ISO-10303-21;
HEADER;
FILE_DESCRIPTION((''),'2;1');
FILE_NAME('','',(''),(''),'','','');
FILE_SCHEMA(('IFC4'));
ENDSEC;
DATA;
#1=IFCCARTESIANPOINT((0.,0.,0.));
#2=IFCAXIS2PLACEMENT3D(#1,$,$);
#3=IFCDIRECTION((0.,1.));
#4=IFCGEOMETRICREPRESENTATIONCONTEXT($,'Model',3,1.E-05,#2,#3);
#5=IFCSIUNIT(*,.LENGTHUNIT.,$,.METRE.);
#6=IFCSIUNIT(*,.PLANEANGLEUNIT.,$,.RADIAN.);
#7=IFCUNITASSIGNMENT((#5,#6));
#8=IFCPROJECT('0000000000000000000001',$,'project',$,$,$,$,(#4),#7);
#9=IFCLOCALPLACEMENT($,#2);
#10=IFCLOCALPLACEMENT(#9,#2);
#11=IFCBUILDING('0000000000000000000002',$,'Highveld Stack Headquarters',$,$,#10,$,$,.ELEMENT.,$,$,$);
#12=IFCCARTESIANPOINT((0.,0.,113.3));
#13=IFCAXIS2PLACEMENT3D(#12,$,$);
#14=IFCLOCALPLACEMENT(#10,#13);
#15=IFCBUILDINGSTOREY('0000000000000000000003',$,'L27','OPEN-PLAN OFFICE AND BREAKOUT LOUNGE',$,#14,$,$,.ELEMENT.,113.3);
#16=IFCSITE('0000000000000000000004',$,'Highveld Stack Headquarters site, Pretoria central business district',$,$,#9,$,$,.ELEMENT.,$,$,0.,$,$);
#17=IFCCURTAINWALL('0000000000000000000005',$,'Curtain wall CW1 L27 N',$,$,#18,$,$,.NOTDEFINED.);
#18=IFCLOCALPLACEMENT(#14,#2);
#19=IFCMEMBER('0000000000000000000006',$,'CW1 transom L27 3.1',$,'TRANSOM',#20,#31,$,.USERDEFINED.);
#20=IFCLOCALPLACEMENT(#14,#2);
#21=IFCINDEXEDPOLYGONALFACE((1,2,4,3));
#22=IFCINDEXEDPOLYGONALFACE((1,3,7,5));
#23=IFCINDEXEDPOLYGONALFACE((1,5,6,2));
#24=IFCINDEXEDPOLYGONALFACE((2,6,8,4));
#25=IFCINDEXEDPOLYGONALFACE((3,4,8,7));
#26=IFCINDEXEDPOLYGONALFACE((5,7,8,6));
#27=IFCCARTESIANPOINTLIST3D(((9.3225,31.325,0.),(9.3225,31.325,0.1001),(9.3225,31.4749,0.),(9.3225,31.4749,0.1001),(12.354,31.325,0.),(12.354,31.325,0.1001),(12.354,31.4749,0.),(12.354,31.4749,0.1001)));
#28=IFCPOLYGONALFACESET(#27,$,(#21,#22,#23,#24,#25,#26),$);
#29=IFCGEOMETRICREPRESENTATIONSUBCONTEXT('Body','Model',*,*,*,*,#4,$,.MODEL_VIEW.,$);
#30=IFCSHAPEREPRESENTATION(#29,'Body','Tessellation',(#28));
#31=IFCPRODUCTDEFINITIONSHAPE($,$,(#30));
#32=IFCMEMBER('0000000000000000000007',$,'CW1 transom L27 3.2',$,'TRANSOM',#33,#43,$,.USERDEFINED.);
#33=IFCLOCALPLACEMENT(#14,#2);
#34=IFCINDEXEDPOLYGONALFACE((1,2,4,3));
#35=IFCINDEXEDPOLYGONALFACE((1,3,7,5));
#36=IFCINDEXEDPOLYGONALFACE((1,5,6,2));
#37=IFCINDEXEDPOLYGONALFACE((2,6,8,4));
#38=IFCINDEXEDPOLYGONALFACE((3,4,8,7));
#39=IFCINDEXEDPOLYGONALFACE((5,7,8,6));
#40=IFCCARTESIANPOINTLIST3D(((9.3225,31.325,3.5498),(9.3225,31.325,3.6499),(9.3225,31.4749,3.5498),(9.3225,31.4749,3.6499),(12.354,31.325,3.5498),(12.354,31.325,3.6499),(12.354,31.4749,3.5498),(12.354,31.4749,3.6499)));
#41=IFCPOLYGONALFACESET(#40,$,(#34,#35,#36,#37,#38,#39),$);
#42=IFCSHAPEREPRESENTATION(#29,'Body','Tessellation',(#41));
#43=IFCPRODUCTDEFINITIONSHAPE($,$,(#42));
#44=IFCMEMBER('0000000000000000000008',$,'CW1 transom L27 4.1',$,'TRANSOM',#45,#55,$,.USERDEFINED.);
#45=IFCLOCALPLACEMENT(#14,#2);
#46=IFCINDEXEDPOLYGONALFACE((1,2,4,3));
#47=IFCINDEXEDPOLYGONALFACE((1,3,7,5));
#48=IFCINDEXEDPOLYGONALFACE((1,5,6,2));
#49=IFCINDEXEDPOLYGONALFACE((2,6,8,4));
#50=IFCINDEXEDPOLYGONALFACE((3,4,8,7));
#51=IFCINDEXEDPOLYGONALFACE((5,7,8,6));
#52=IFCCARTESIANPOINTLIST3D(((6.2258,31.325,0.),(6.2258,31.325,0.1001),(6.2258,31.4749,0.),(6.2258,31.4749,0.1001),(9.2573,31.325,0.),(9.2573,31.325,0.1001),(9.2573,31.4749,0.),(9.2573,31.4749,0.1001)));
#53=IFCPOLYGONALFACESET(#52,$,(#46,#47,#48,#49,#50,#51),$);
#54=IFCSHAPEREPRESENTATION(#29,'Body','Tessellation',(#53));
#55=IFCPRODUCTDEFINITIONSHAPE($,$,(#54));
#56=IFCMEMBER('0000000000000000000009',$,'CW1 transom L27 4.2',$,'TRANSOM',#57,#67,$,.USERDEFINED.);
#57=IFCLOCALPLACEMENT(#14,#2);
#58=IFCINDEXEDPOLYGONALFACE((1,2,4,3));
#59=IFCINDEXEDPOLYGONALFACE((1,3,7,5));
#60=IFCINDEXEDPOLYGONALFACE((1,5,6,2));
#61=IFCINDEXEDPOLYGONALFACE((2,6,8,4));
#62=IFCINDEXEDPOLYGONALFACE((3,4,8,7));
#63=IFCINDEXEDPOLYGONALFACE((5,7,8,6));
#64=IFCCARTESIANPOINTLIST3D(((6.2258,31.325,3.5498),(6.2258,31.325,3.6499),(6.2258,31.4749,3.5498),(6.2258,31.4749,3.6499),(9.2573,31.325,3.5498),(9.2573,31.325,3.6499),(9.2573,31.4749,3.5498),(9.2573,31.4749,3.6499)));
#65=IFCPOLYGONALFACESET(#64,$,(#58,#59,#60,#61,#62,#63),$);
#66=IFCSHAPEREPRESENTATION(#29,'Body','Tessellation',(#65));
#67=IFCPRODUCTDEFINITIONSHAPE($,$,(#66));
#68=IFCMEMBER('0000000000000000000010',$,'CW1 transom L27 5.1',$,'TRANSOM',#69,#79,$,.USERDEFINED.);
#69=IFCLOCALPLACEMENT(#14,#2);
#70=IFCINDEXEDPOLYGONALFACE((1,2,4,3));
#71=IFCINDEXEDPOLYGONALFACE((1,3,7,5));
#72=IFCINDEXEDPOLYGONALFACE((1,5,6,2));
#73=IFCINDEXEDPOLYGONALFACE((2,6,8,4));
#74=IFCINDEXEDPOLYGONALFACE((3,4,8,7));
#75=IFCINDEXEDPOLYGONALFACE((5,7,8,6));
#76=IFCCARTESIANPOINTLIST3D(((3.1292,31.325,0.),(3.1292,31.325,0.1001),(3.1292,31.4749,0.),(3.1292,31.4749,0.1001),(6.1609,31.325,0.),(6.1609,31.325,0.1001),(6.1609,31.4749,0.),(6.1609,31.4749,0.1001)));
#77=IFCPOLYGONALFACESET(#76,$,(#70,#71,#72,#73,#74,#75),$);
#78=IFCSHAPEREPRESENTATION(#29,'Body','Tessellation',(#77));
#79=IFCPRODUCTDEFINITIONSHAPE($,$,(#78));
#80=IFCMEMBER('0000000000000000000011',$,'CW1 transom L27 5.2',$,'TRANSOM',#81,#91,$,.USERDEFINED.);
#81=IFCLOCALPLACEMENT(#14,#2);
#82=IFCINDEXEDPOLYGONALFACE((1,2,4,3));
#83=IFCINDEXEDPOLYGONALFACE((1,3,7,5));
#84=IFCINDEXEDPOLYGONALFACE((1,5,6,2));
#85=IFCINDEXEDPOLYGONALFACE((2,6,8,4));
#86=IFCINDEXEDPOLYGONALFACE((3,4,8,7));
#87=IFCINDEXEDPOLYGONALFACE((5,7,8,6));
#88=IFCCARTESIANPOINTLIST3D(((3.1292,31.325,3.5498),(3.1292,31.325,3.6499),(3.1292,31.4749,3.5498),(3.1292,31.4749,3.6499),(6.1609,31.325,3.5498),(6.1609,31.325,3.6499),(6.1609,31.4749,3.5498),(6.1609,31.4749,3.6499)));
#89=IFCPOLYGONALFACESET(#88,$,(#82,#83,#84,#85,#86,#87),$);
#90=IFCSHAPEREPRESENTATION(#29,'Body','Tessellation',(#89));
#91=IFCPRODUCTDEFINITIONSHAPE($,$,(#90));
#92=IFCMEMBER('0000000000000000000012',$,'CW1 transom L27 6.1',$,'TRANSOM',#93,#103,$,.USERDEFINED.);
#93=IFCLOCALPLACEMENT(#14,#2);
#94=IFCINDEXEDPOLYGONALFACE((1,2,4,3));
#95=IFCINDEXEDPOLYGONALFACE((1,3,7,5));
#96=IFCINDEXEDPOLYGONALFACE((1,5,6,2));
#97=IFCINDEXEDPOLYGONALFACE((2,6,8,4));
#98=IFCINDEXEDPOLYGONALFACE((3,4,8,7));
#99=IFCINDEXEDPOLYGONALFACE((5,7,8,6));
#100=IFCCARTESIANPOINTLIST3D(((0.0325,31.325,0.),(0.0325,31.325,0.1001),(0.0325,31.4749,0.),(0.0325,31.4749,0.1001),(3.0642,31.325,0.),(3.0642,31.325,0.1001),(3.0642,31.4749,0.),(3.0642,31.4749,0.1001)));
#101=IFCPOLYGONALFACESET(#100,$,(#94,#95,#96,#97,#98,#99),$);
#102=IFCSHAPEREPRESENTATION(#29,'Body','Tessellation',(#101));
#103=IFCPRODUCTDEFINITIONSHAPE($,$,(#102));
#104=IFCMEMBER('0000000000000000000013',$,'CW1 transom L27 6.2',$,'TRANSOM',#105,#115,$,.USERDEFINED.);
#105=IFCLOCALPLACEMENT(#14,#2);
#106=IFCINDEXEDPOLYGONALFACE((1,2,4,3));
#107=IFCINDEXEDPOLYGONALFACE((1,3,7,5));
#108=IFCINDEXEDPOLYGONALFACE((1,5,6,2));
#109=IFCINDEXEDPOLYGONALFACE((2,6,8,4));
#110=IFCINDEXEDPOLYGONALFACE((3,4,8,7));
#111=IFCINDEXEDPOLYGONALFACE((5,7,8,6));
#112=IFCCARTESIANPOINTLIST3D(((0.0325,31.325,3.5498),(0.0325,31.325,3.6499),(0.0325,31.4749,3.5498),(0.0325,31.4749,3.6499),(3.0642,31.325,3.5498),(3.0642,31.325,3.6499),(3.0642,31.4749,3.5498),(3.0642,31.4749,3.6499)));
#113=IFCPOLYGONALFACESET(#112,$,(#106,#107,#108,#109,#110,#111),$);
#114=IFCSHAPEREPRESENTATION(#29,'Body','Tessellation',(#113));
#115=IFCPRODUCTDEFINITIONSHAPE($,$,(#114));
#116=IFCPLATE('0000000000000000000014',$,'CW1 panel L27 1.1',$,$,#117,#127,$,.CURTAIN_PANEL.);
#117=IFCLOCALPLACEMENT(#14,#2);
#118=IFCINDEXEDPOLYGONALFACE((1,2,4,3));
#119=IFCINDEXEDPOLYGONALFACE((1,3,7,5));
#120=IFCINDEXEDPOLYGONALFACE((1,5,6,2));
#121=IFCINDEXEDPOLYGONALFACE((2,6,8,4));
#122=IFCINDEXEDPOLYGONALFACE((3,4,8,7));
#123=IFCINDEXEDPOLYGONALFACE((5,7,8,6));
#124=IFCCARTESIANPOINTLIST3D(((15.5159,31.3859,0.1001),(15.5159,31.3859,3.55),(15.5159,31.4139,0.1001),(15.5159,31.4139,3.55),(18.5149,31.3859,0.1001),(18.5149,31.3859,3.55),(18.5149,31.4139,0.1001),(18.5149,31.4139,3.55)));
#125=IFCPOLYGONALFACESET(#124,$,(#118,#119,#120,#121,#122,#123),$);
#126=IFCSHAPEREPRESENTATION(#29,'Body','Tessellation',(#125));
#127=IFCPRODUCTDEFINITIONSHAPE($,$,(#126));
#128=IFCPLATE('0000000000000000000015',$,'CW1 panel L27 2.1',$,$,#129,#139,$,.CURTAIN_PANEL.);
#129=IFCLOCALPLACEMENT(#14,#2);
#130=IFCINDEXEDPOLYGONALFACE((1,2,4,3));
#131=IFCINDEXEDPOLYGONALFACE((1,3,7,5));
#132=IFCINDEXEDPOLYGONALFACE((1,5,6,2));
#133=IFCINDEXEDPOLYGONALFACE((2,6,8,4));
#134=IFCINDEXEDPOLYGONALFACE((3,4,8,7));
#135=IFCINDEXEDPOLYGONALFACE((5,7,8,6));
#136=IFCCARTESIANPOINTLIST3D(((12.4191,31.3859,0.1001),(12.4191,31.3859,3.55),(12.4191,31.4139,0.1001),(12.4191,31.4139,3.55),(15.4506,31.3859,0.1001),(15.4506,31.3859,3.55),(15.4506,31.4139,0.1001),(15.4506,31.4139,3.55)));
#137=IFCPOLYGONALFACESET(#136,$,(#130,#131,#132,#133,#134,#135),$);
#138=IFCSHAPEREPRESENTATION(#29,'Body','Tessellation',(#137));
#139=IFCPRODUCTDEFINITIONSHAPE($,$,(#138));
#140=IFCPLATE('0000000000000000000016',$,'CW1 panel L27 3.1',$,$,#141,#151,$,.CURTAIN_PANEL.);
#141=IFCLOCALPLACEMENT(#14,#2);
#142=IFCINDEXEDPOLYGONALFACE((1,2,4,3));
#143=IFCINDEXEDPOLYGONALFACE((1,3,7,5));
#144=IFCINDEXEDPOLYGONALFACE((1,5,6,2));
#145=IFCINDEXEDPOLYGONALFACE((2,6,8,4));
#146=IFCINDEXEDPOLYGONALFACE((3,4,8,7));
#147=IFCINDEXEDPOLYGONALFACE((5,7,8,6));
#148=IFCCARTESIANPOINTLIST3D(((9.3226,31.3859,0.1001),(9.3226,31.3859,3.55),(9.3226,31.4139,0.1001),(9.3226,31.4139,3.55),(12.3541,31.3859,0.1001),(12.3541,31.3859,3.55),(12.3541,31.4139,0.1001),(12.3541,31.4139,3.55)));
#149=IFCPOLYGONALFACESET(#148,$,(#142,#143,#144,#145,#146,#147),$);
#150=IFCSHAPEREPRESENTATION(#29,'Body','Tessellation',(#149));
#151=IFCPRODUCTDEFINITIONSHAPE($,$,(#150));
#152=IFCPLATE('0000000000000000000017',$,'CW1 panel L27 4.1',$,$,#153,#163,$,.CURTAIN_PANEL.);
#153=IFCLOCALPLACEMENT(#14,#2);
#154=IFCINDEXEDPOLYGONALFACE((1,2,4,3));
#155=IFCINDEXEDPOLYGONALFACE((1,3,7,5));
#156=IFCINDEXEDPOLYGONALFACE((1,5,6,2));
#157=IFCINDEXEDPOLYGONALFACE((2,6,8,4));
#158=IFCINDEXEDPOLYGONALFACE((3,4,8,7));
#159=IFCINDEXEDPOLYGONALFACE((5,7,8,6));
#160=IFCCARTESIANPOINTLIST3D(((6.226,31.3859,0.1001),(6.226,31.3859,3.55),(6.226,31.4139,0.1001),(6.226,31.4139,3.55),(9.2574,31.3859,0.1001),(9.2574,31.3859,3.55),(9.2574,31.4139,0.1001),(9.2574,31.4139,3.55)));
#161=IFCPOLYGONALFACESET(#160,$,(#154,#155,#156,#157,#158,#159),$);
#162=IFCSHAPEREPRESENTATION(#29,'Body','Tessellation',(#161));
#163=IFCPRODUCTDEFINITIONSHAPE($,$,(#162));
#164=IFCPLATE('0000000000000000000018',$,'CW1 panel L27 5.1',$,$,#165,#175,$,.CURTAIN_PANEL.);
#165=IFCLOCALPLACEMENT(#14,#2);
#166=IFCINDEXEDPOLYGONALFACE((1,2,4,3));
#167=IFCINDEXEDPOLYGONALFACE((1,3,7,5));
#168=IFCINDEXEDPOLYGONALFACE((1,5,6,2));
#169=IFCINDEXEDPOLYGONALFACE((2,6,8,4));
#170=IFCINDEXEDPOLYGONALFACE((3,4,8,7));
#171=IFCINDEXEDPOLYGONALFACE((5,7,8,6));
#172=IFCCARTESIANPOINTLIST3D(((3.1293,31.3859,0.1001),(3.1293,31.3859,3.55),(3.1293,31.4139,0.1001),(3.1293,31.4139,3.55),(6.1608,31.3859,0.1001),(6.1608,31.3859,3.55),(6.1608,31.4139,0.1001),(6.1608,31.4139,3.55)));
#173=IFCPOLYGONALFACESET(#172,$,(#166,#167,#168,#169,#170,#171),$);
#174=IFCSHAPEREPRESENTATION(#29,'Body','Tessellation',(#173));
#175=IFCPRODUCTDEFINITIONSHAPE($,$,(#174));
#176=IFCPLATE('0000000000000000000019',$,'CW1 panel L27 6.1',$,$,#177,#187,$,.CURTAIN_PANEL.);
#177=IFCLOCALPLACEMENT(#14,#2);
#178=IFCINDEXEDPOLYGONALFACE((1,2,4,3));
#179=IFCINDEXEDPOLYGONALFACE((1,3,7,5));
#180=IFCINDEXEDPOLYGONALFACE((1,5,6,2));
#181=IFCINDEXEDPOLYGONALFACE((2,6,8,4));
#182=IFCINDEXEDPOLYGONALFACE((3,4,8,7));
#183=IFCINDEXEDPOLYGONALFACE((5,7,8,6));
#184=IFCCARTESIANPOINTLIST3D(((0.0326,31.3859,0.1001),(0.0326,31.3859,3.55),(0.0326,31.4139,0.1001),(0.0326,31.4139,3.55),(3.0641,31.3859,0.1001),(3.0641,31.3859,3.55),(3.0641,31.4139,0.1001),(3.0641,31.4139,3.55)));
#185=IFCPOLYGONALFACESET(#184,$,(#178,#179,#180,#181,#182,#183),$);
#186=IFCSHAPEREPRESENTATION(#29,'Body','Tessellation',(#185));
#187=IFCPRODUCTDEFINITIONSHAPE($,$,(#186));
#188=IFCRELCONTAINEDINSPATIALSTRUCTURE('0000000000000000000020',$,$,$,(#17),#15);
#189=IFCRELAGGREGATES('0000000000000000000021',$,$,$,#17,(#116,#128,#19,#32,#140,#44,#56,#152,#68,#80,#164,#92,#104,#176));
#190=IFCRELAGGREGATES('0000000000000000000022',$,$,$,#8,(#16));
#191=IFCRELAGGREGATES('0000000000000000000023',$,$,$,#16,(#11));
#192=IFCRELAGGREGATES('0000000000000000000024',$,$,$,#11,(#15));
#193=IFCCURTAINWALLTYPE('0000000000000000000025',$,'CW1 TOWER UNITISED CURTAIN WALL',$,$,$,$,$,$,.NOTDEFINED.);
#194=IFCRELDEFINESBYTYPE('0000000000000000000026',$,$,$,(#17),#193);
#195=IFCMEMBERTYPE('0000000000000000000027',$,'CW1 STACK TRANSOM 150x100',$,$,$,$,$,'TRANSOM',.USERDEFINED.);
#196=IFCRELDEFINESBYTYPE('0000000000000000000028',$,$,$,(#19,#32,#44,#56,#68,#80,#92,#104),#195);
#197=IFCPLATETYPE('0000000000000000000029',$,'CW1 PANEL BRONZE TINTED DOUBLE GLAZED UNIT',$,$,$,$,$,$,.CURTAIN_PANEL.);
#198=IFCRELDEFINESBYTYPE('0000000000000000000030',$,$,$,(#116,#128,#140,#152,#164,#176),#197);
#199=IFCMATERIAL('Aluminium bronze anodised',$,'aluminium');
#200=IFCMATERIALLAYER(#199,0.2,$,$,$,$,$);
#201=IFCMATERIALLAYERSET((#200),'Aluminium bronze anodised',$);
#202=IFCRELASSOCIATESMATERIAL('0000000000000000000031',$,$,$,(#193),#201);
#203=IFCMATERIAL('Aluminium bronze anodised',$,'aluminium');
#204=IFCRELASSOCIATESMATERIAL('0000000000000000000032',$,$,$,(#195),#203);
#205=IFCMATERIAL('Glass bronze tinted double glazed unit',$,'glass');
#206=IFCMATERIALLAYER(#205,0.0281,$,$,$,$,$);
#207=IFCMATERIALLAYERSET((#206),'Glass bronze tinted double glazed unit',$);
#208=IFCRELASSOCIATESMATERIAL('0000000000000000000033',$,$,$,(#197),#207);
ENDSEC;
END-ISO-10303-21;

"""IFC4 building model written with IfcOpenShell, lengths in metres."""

from ifc_helpers import new_model, si_unit, direction, frame, origin, origin_2d, place, context, subcontext, project, spatial, rectangle, extrude, material, layer, layer_set, material_profile, profile_set, type_object, element, aggregate, save


model = new_model("IFC4")

# Units and contexts
model_context = context("Model", 3, precision=1e-05, world=origin(), true_north=direction((0.0, 1.0)))
body_context = subcontext(model_context, "Body", "Model", "MODEL_VIEW")
ifc_project = project(units=[si_unit("LENGTHUNIT", "METRE"), si_unit("PLANEANGLEUNIT", "RADIAN")], contexts=[model_context])

# Site, building, storey
site_placement = place(None, origin())
site = spatial("IfcSite", under=ifc_project, at=site_placement, Name="Highveld Stack Headquarters site, Pretoria central business district", CompositionType="ELEMENT", RefElevation=0.0)
building_placement = place(site_placement, origin())
building = spatial("IfcBuilding", under=site, at=building_placement, Name="Highveld Stack Headquarters", CompositionType="ELEMENT")
storey_placement = place(building_placement, frame((0.0, 0.0, 113.3)))
storey = spatial("IfcBuildingStorey", under=building, at=storey_placement, Name="L27", Description="OPEN-PLAN OFFICE AND BREAKOUT LOUNGE", CompositionType="ELEMENT", Elevation=113.3)

# Curtain wall, members, plates
ifc_material_1 = material(Name="Aluminium bronze anodised", Category="aluminium")
ifc_layer_1 = layer(ifc_material_1, 0.2)
ifc_layer_set_1 = layer_set([ifc_layer_1], Name="Aluminium bronze anodised")
curtain_wall_type = type_object("IfcCurtainWallType", Name="CW1 TOWER UNITISED CURTAIN WALL", PredefinedType="NOTDEFINED", material=ifc_layer_set_1)
curtain_wall_placement = place(storey_placement, origin())
curtain_wall = element("IfcCurtainWall", 1, at=curtain_wall_placement, inside=storey, type_object=curtain_wall_type, Name="Curtain wall CW1 L27 N", PredefinedType="NOTDEFINED")
ifc_material_2 = material(Name="Aluminium bronze anodised", Category="aluminium")
ifc_material_profile_1 = material_profile(ifc_material_2, rectangle(XDim=0.1499, YDim=0.1001, at=origin_2d()), Name="CW1 TRANSOM 150x100")
ifc_profile_set_1 = profile_set([ifc_material_profile_1], Name="Aluminium bronze anodised")
member_type_1 = type_object("IfcMemberType", Name="CW1 STACK TRANSOM 150x100", ElementType="TRANSOM", PredefinedType="USERDEFINED", material=ifc_profile_set_1)
member_1_placement = place(storey_placement, frame((12.354, 31.3999, 0.05), z_axis=(-1.0, 0.0, 0.0), x_axis=(0.0, -1.0, 0.0)))
member_1 = element("IfcMember", 2, at=member_1_placement, type_object=member_type_1, Name="CW1 transom L27 3.1", ObjectType="TRANSOM", PredefinedType="USERDEFINED", context=body_context, shape_type="SweptSolid", body=[
    extrude(rectangle(XDim=0.1499, YDim=0.1001, at=origin_2d()), origin(), (0.0, 0.0, 1.0), 3.0315),
])
member_2_placement = place(storey_placement, frame((12.354, 31.3999, 3.5999), z_axis=(-1.0, 0.0, 0.0), x_axis=(0.0, -1.0, 0.0)))
member_2 = element("IfcMember", 3, at=member_2_placement, type_object=member_type_1, Name="CW1 transom L27 3.2", ObjectType="TRANSOM", PredefinedType="USERDEFINED", context=body_context, shape_type="SweptSolid", body=[
    extrude(rectangle(XDim=0.1499, YDim=0.1001, at=origin_2d()), origin(), (0.0, 0.0, 1.0), 3.0315),
])
member_3_placement = place(storey_placement, frame((9.2573, 31.3999, 0.05), z_axis=(-1.0, 0.0, 0.0), x_axis=(0.0, -1.0, 0.0)))
member_3 = element("IfcMember", 4, at=member_3_placement, type_object=member_type_1, Name="CW1 transom L27 4.1", ObjectType="TRANSOM", PredefinedType="USERDEFINED", context=body_context, shape_type="SweptSolid", body=[
    extrude(rectangle(XDim=0.1499, YDim=0.1001, at=origin_2d()), origin(), (0.0, 0.0, 1.0), 3.0315),
])
member_4_placement = place(storey_placement, frame((9.2573, 31.3999, 3.5999), z_axis=(-1.0, 0.0, 0.0), x_axis=(0.0, -1.0, 0.0)))
member_4 = element("IfcMember", 5, at=member_4_placement, type_object=member_type_1, Name="CW1 transom L27 4.2", ObjectType="TRANSOM", PredefinedType="USERDEFINED", context=body_context, shape_type="SweptSolid", body=[
    extrude(rectangle(XDim=0.1499, YDim=0.1001, at=origin_2d()), origin(), (0.0, 0.0, 1.0), 3.0315),
])
member_5_placement = place(storey_placement, frame((6.1609, 31.3999, 0.05), z_axis=(-1.0, 0.0, 0.0), x_axis=(0.0, -1.0, 0.0)))
member_5 = element("IfcMember", 6, at=member_5_placement, type_object=member_type_1, Name="CW1 transom L27 5.1", ObjectType="TRANSOM", PredefinedType="USERDEFINED", context=body_context, shape_type="SweptSolid", body=[
    extrude(rectangle(XDim=0.1499, YDim=0.1001, at=origin_2d()), origin(), (0.0, 0.0, 1.0), 3.0317),
])
member_6_placement = place(storey_placement, frame((6.1609, 31.3999, 3.5999), z_axis=(-1.0, 0.0, 0.0), x_axis=(0.0, -1.0, 0.0)))
member_6 = element("IfcMember", 7, at=member_6_placement, type_object=member_type_1, Name="CW1 transom L27 5.2", ObjectType="TRANSOM", PredefinedType="USERDEFINED", context=body_context, shape_type="SweptSolid", body=[
    extrude(rectangle(XDim=0.1499, YDim=0.1001, at=origin_2d()), origin(), (0.0, 0.0, 1.0), 3.0317),
])
member_7_placement = place(storey_placement, frame((3.0642, 31.3999, 0.05), z_axis=(-1.0, 0.0, 0.0), x_axis=(0.0, -1.0, 0.0)))
member_7 = element("IfcMember", 8, at=member_7_placement, type_object=member_type_1, Name="CW1 transom L27 6.1", ObjectType="TRANSOM", PredefinedType="USERDEFINED", context=body_context, shape_type="SweptSolid", body=[
    extrude(rectangle(XDim=0.1499, YDim=0.1001, at=origin_2d()), origin(), (0.0, 0.0, 1.0), 3.0317),
])
member_8_placement = place(storey_placement, frame((3.0642, 31.3999, 3.5999), z_axis=(-1.0, 0.0, 0.0), x_axis=(0.0, -1.0, 0.0)))
member_8 = element("IfcMember", 9, at=member_8_placement, type_object=member_type_1, Name="CW1 transom L27 6.2", ObjectType="TRANSOM", PredefinedType="USERDEFINED", context=body_context, shape_type="SweptSolid", body=[
    extrude(rectangle(XDim=0.1499, YDim=0.1001, at=origin_2d()), origin(), (0.0, 0.0, 1.0), 3.0317),
])
ifc_material_3 = material(Name="Glass bronze tinted double glazed unit", Category="glass")
ifc_layer_2 = layer(ifc_material_3, 0.0281)
ifc_layer_set_2 = layer_set([ifc_layer_2], Name="Glass bronze tinted double glazed unit")
plate_type = type_object("IfcPlateType", Name="CW1 PANEL BRONZE TINTED DOUBLE GLAZED UNIT", PredefinedType="CURTAIN_PANEL", material=ifc_layer_set_2)
plate_1_placement = place(storey_placement, frame((17.0154, 31.3999, 0.1001), z_axis=(0.0, 0.0, 1.0), x_axis=(-1.0, 0.0, 0.0)))
plate_1 = element("IfcPlate", 10, at=plate_1_placement, type_object=plate_type, Name="CW1 panel L27 1.1", PredefinedType="CURTAIN_PANEL", context=body_context, shape_type="SweptSolid", body=[
    extrude(rectangle(XDim=2.999, YDim=0.0281, at=origin_2d()), origin(), (0.0, 0.0, 1.0), 3.45),
])
plate_2_placement = place(storey_placement, frame((13.9348, 31.3999, 0.1001), z_axis=(0.0, 0.0, 1.0), x_axis=(-1.0, 0.0, 0.0)))
plate_2 = element("IfcPlate", 11, at=plate_2_placement, type_object=plate_type, Name="CW1 panel L27 2.1", PredefinedType="CURTAIN_PANEL", context=body_context, shape_type="SweptSolid", body=[
    extrude(rectangle(XDim=3.0315, YDim=0.0281, at=origin_2d()), origin(), (0.0, 0.0, 1.0), 3.45),
])
plate_3_placement = place(storey_placement, frame((10.8384, 31.3999, 0.1001), z_axis=(0.0, 0.0, 1.0), x_axis=(-1.0, 0.0, 0.0)))
plate_3 = element("IfcPlate", 12, at=plate_3_placement, type_object=plate_type, Name="CW1 panel L27 3.1", PredefinedType="CURTAIN_PANEL", context=body_context, shape_type="SweptSolid", body=[
    extrude(rectangle(XDim=3.0315, YDim=0.0281, at=origin_2d()), origin(), (0.0, 0.0, 1.0), 3.45),
])
plate_4_placement = place(storey_placement, frame((7.7417, 31.3999, 0.1001), z_axis=(0.0, 0.0, 1.0), x_axis=(-1.0, 0.0, 0.0)))
plate_4 = element("IfcPlate", 13, at=plate_4_placement, type_object=plate_type, Name="CW1 panel L27 4.1", PredefinedType="CURTAIN_PANEL", context=body_context, shape_type="SweptSolid", body=[
    extrude(rectangle(XDim=3.0315, YDim=0.0281, at=origin_2d()), origin(), (0.0, 0.0, 1.0), 3.45),
])
plate_5_placement = place(storey_placement, frame((4.645, 31.3999, 0.1001), z_axis=(0.0, 0.0, 1.0), x_axis=(-1.0, 0.0, 0.0)))
plate_5 = element("IfcPlate", 14, at=plate_5_placement, type_object=plate_type, Name="CW1 panel L27 5.1", PredefinedType="CURTAIN_PANEL", context=body_context, shape_type="SweptSolid", body=[
    extrude(rectangle(XDim=3.0315, YDim=0.0281, at=origin_2d()), origin(), (0.0, 0.0, 1.0), 3.45),
])
plate_6_placement = place(storey_placement, frame((1.5483, 31.3999, 0.1001), z_axis=(0.0, 0.0, 1.0), x_axis=(-1.0, 0.0, 0.0)))
plate_6 = element("IfcPlate", 15, at=plate_6_placement, type_object=plate_type, Name="CW1 panel L27 6.1", PredefinedType="CURTAIN_PANEL", context=body_context, shape_type="SweptSolid", body=[
    extrude(rectangle(XDim=3.0315, YDim=0.0281, at=origin_2d()), origin(), (0.0, 0.0, 1.0), 3.45),
])
aggregate(curtain_wall, [plate_1, plate_2, member_1, member_2, plate_3, member_3, member_4, plate_4, member_5, member_6, plate_5, member_7, member_8, plate_6])

save(model, "model.ifc")
